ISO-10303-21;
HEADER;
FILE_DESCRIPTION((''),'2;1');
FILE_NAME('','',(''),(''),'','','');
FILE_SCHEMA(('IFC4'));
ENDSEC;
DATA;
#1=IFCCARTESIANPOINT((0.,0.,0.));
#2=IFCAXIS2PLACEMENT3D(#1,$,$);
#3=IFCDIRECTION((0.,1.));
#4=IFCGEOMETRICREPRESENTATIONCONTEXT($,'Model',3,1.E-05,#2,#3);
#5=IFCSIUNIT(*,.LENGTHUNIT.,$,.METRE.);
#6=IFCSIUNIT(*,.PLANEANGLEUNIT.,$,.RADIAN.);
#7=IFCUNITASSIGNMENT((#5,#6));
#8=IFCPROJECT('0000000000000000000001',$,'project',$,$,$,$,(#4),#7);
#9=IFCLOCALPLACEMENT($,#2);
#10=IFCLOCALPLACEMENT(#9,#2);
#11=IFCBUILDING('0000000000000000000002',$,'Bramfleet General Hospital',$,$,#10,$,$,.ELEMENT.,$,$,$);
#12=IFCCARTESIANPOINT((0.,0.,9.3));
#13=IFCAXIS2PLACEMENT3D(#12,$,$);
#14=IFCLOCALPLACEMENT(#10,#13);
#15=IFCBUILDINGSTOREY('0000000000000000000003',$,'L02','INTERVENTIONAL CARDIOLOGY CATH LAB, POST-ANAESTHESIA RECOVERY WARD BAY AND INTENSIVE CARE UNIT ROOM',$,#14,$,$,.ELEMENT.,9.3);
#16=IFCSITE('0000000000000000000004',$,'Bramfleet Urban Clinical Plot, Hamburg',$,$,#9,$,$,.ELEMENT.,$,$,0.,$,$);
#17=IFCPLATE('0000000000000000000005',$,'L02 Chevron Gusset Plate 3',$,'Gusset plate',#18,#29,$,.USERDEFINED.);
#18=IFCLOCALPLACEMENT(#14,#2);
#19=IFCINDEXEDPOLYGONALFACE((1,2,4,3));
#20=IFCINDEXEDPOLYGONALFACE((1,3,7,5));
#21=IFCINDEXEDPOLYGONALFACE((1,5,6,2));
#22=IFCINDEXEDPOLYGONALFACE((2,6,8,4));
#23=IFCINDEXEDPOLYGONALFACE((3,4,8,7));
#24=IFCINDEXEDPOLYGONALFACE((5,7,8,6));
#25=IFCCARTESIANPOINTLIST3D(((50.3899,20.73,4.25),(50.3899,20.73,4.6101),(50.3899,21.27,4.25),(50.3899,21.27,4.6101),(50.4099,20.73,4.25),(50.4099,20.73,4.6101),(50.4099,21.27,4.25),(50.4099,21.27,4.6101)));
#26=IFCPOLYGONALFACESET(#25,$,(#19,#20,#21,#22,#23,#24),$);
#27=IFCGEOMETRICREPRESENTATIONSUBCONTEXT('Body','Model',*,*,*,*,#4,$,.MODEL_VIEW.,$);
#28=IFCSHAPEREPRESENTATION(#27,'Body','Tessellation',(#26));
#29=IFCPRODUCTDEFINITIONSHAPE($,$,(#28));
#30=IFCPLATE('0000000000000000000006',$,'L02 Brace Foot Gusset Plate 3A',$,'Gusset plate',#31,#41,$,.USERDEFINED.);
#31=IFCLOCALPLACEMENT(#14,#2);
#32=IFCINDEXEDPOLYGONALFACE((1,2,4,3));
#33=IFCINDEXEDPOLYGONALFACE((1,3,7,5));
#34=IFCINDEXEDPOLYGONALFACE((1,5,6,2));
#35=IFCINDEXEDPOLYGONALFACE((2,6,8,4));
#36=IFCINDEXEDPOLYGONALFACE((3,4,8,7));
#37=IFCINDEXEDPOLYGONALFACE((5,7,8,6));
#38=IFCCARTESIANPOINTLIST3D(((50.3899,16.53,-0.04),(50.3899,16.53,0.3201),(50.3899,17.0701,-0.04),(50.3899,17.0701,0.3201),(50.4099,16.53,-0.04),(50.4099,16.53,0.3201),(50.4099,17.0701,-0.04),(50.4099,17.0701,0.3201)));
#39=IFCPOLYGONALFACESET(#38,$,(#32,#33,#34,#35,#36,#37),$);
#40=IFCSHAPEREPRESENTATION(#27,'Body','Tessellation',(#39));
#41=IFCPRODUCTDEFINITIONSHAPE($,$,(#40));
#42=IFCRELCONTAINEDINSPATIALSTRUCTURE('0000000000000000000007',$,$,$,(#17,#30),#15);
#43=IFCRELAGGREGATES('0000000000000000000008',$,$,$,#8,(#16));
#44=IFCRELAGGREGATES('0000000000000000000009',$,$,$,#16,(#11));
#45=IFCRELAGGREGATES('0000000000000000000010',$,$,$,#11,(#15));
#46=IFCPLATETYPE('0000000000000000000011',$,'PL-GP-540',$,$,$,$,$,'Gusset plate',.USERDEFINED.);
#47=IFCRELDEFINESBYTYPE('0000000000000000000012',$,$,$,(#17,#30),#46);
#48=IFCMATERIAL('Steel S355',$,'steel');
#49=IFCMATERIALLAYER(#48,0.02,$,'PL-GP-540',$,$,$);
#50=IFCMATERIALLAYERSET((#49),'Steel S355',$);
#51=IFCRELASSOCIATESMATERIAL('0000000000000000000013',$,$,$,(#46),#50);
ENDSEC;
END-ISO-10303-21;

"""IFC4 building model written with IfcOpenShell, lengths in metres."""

from ifc_helpers import new_model, si_unit, direction, frame, origin, origin_2d, place, context, subcontext, project, spatial, rectangle, extrude, material, layer, layer_set, type_object, element, save


model = new_model("IFC4")

# Units and contexts
model_context = context("Model", 3, precision=1e-05, world=origin(), true_north=direction((0.0, 1.0)))
body_context = subcontext(model_context, "Body", "Model", "MODEL_VIEW")
ifc_project = project(units=[si_unit("LENGTHUNIT", "METRE"), si_unit("PLANEANGLEUNIT", "RADIAN")], contexts=[model_context])

# Site, building, storey
site_placement = place(None, origin())
site = spatial("IfcSite", under=ifc_project, at=site_placement, Name="Bramfleet Urban Clinical Plot, Hamburg", CompositionType="ELEMENT", RefElevation=0.0)
building_placement = place(site_placement, origin())
building = spatial("IfcBuilding", under=site, at=building_placement, Name="Bramfleet General Hospital", CompositionType="ELEMENT")
storey_placement = place(building_placement, frame((0.0, 0.0, 9.3)))
storey = spatial("IfcBuildingStorey", under=building, at=storey_placement, Name="L02", Description="INTERVENTIONAL CARDIOLOGY CATH LAB, POST-ANAESTHESIA RECOVERY WARD BAY AND INTENSIVE CARE UNIT ROOM", CompositionType="ELEMENT", Elevation=9.3)

# Shared definitions
ifc_material_1 = material(Name="Steel S355", Category="steel")

# Plates
ifc_layer_1 = layer(ifc_material_1, 0.02, Name="PL-GP-540")
ifc_layer_set_1 = layer_set([ifc_layer_1], Name="Steel S355")
plate_type_1 = type_object("IfcPlateType", Name="PL-GP-540", ElementType="Gusset plate", PredefinedType="USERDEFINED", material=ifc_layer_set_1)
for number, where, z_axis, x_axis, name in (
    (1, (50.3999, 21.0, 4.25), (0.0, 0.0, 1.0), (1.0, 0.0, 0.0), "L02 Chevron Gusset Plate 3"),
    (2, (50.3999, 16.8, -0.04), (0.0, 0.0, 1.0), (1.0, 0.0, 0.0), "L02 Brace Foot Gusset Plate 3A"),
):
    element("IfcPlate", number, at=place(storey_placement, frame(where, z_axis=z_axis, x_axis=x_axis)), inside=storey, type_object=plate_type_1, Name=name, ObjectType="Gusset plate", PredefinedType="USERDEFINED", context=body_context, shape_type="SweptSolid", body=[
        extrude(rectangle(XDim=0.02, YDim=0.54, at=origin_2d()), origin(), (0.0, 0.0, 1.0), 0.3601),
    ])

save(model, "model.ifc")
